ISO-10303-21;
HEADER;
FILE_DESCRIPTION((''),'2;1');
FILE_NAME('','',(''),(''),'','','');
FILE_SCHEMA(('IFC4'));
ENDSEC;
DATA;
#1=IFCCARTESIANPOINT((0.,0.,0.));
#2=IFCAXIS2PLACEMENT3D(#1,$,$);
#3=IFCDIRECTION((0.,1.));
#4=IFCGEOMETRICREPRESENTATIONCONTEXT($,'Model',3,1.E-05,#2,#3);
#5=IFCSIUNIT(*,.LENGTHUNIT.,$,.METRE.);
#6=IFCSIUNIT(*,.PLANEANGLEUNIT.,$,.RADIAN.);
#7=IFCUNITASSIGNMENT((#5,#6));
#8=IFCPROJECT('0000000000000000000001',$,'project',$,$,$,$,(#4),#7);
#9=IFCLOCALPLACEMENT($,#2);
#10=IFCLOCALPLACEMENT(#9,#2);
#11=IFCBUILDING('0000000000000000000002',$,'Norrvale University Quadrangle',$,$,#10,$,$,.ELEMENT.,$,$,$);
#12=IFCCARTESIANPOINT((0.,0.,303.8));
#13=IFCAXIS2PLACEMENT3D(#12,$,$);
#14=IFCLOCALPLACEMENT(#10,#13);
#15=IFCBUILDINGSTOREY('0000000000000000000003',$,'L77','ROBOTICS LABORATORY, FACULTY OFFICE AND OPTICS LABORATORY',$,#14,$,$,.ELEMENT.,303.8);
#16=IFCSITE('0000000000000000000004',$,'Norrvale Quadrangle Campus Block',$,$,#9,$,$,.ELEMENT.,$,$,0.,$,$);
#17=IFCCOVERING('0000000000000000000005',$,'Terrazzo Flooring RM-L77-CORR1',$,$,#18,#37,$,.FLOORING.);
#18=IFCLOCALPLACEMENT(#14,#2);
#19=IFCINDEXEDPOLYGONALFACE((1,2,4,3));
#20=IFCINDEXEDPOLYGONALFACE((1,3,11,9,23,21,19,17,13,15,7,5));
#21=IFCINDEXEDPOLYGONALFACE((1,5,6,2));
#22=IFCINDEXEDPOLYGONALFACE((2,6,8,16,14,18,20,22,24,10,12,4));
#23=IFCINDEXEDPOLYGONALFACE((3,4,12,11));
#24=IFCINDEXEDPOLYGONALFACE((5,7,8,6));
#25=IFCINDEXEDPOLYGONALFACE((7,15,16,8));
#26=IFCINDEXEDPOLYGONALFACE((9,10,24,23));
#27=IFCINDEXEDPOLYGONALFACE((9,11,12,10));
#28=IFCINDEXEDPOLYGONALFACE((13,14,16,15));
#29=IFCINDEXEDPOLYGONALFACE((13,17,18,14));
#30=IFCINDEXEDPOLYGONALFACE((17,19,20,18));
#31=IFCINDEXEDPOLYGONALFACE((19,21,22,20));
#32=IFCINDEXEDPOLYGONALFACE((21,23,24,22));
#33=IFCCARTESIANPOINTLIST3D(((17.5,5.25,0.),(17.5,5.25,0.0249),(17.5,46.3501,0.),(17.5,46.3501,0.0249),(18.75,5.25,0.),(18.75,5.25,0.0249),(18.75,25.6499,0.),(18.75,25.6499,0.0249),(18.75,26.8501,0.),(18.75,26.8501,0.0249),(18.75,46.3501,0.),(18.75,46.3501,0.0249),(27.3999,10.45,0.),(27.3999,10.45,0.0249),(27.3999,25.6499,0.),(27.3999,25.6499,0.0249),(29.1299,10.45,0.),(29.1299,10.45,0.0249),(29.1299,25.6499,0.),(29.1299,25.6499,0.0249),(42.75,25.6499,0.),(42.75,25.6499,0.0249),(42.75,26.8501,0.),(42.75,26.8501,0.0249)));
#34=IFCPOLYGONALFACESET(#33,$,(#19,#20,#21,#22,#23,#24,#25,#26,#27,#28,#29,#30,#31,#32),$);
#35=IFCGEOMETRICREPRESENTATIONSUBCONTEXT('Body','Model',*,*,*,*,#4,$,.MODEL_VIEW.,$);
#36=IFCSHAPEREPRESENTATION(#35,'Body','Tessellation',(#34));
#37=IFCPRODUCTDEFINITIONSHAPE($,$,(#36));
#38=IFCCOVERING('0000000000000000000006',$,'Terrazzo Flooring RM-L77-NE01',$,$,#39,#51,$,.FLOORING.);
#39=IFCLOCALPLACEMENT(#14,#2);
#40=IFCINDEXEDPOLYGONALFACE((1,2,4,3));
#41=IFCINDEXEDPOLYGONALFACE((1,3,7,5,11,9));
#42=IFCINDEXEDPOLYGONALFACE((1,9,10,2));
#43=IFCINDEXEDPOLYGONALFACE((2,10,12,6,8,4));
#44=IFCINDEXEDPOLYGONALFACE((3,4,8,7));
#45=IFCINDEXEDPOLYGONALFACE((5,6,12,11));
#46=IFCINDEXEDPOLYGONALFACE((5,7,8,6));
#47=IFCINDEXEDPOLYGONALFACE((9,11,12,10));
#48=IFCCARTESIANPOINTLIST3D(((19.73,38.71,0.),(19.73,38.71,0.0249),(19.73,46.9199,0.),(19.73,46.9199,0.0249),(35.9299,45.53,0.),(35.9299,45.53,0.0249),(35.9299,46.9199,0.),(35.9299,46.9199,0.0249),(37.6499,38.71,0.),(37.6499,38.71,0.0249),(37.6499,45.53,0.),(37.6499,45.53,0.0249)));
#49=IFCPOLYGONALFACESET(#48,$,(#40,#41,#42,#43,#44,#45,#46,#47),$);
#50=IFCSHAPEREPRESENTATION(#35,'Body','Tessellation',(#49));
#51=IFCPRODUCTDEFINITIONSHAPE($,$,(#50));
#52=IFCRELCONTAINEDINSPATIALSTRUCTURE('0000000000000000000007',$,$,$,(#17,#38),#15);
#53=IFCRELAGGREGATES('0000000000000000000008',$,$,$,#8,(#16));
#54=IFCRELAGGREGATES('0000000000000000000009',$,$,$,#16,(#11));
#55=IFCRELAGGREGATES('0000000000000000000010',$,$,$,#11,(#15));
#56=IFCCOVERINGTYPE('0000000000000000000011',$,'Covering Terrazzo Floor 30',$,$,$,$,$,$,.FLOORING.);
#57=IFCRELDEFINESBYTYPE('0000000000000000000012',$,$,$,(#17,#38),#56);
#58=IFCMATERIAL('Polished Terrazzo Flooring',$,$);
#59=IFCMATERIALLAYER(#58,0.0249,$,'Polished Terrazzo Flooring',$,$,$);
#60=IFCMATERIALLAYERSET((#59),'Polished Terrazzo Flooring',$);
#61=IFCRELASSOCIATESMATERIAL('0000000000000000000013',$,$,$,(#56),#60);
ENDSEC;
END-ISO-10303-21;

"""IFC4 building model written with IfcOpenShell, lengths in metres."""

from ifc_helpers import new_model, si_unit, direction, frame, origin, place, context, subcontext, project, spatial, polyline, outline, extrude, material, layer, layer_set, type_object, element, save


model = new_model("IFC4")

# Units and contexts
model_context = context("Model", 3, precision=1e-05, world=origin(), true_north=direction((0.0, 1.0)))
body_context = subcontext(model_context, "Body", "Model", "MODEL_VIEW")
ifc_project = project(units=[si_unit("LENGTHUNIT", "METRE"), si_unit("PLANEANGLEUNIT", "RADIAN")], contexts=[model_context])

# Site, building, storey
site_placement = place(None, origin())
site = spatial("IfcSite", under=ifc_project, at=site_placement, Name="Norrvale Quadrangle Campus Block", CompositionType="ELEMENT", RefElevation=0.0)
building_placement = place(site_placement, origin())
building = spatial("IfcBuilding", under=site, at=building_placement, Name="Norrvale University Quadrangle", CompositionType="ELEMENT")
storey_placement = place(building_placement, frame((0.0, 0.0, 303.8)))
storey = spatial("IfcBuildingStorey", under=building, at=storey_placement, Name="L77", Description="ROBOTICS LABORATORY, FACULTY OFFICE AND OPTICS LABORATORY", CompositionType="ELEMENT", Elevation=303.8)

# Coverings
ifc_material_1 = material(Name="Polished Terrazzo Flooring")
ifc_layer_1 = layer(ifc_material_1, 0.0249, Name="Polished Terrazzo Flooring")
ifc_layer_set_1 = layer_set([ifc_layer_1], Name="Polished Terrazzo Flooring")
covering_type_1 = type_object("IfcCoveringType", Name="Covering Terrazzo Floor 30", PredefinedType="FLOORING", material=ifc_layer_set_1)
covering_1_placement = place(storey_placement, origin())
element("IfcCovering", 1, at=covering_1_placement, inside=storey, type_object=covering_type_1, Name="Terrazzo Flooring RM-L77-CORR1", PredefinedType="FLOORING", context=body_context, shape_type="SweptSolid", body=[
    extrude(outline(polyline([(17.5, 5.25), (17.5, 46.3501), (18.75, 46.3501), (18.75, 26.8501), (42.75, 26.8501), (42.75, 25.6499), (29.1299, 25.6499), (29.1299, 10.45), (27.3999, 10.45), (27.3999, 25.6499), (18.75, 25.6499), (18.75, 5.25), (17.5, 5.25)])), origin(), (0.0, 0.0, 1.0), 0.0249),
])
covering_2_placement = place(storey_placement, origin())
element("IfcCovering", 2, at=covering_2_placement, inside=storey, type_object=covering_type_1, Name="Terrazzo Flooring RM-L77-NE01", PredefinedType="FLOORING", context=body_context, shape_type="SweptSolid", body=[
    extrude(outline(polyline([(37.6499, 38.71), (19.73, 38.71), (19.73, 46.9199), (35.9299, 46.9199), (35.9299, 45.53), (37.6499, 45.53), (37.6499, 38.71)])), origin(), (0.0, 0.0, 1.0), 0.0249),
])

save(model, "model.ifc")
